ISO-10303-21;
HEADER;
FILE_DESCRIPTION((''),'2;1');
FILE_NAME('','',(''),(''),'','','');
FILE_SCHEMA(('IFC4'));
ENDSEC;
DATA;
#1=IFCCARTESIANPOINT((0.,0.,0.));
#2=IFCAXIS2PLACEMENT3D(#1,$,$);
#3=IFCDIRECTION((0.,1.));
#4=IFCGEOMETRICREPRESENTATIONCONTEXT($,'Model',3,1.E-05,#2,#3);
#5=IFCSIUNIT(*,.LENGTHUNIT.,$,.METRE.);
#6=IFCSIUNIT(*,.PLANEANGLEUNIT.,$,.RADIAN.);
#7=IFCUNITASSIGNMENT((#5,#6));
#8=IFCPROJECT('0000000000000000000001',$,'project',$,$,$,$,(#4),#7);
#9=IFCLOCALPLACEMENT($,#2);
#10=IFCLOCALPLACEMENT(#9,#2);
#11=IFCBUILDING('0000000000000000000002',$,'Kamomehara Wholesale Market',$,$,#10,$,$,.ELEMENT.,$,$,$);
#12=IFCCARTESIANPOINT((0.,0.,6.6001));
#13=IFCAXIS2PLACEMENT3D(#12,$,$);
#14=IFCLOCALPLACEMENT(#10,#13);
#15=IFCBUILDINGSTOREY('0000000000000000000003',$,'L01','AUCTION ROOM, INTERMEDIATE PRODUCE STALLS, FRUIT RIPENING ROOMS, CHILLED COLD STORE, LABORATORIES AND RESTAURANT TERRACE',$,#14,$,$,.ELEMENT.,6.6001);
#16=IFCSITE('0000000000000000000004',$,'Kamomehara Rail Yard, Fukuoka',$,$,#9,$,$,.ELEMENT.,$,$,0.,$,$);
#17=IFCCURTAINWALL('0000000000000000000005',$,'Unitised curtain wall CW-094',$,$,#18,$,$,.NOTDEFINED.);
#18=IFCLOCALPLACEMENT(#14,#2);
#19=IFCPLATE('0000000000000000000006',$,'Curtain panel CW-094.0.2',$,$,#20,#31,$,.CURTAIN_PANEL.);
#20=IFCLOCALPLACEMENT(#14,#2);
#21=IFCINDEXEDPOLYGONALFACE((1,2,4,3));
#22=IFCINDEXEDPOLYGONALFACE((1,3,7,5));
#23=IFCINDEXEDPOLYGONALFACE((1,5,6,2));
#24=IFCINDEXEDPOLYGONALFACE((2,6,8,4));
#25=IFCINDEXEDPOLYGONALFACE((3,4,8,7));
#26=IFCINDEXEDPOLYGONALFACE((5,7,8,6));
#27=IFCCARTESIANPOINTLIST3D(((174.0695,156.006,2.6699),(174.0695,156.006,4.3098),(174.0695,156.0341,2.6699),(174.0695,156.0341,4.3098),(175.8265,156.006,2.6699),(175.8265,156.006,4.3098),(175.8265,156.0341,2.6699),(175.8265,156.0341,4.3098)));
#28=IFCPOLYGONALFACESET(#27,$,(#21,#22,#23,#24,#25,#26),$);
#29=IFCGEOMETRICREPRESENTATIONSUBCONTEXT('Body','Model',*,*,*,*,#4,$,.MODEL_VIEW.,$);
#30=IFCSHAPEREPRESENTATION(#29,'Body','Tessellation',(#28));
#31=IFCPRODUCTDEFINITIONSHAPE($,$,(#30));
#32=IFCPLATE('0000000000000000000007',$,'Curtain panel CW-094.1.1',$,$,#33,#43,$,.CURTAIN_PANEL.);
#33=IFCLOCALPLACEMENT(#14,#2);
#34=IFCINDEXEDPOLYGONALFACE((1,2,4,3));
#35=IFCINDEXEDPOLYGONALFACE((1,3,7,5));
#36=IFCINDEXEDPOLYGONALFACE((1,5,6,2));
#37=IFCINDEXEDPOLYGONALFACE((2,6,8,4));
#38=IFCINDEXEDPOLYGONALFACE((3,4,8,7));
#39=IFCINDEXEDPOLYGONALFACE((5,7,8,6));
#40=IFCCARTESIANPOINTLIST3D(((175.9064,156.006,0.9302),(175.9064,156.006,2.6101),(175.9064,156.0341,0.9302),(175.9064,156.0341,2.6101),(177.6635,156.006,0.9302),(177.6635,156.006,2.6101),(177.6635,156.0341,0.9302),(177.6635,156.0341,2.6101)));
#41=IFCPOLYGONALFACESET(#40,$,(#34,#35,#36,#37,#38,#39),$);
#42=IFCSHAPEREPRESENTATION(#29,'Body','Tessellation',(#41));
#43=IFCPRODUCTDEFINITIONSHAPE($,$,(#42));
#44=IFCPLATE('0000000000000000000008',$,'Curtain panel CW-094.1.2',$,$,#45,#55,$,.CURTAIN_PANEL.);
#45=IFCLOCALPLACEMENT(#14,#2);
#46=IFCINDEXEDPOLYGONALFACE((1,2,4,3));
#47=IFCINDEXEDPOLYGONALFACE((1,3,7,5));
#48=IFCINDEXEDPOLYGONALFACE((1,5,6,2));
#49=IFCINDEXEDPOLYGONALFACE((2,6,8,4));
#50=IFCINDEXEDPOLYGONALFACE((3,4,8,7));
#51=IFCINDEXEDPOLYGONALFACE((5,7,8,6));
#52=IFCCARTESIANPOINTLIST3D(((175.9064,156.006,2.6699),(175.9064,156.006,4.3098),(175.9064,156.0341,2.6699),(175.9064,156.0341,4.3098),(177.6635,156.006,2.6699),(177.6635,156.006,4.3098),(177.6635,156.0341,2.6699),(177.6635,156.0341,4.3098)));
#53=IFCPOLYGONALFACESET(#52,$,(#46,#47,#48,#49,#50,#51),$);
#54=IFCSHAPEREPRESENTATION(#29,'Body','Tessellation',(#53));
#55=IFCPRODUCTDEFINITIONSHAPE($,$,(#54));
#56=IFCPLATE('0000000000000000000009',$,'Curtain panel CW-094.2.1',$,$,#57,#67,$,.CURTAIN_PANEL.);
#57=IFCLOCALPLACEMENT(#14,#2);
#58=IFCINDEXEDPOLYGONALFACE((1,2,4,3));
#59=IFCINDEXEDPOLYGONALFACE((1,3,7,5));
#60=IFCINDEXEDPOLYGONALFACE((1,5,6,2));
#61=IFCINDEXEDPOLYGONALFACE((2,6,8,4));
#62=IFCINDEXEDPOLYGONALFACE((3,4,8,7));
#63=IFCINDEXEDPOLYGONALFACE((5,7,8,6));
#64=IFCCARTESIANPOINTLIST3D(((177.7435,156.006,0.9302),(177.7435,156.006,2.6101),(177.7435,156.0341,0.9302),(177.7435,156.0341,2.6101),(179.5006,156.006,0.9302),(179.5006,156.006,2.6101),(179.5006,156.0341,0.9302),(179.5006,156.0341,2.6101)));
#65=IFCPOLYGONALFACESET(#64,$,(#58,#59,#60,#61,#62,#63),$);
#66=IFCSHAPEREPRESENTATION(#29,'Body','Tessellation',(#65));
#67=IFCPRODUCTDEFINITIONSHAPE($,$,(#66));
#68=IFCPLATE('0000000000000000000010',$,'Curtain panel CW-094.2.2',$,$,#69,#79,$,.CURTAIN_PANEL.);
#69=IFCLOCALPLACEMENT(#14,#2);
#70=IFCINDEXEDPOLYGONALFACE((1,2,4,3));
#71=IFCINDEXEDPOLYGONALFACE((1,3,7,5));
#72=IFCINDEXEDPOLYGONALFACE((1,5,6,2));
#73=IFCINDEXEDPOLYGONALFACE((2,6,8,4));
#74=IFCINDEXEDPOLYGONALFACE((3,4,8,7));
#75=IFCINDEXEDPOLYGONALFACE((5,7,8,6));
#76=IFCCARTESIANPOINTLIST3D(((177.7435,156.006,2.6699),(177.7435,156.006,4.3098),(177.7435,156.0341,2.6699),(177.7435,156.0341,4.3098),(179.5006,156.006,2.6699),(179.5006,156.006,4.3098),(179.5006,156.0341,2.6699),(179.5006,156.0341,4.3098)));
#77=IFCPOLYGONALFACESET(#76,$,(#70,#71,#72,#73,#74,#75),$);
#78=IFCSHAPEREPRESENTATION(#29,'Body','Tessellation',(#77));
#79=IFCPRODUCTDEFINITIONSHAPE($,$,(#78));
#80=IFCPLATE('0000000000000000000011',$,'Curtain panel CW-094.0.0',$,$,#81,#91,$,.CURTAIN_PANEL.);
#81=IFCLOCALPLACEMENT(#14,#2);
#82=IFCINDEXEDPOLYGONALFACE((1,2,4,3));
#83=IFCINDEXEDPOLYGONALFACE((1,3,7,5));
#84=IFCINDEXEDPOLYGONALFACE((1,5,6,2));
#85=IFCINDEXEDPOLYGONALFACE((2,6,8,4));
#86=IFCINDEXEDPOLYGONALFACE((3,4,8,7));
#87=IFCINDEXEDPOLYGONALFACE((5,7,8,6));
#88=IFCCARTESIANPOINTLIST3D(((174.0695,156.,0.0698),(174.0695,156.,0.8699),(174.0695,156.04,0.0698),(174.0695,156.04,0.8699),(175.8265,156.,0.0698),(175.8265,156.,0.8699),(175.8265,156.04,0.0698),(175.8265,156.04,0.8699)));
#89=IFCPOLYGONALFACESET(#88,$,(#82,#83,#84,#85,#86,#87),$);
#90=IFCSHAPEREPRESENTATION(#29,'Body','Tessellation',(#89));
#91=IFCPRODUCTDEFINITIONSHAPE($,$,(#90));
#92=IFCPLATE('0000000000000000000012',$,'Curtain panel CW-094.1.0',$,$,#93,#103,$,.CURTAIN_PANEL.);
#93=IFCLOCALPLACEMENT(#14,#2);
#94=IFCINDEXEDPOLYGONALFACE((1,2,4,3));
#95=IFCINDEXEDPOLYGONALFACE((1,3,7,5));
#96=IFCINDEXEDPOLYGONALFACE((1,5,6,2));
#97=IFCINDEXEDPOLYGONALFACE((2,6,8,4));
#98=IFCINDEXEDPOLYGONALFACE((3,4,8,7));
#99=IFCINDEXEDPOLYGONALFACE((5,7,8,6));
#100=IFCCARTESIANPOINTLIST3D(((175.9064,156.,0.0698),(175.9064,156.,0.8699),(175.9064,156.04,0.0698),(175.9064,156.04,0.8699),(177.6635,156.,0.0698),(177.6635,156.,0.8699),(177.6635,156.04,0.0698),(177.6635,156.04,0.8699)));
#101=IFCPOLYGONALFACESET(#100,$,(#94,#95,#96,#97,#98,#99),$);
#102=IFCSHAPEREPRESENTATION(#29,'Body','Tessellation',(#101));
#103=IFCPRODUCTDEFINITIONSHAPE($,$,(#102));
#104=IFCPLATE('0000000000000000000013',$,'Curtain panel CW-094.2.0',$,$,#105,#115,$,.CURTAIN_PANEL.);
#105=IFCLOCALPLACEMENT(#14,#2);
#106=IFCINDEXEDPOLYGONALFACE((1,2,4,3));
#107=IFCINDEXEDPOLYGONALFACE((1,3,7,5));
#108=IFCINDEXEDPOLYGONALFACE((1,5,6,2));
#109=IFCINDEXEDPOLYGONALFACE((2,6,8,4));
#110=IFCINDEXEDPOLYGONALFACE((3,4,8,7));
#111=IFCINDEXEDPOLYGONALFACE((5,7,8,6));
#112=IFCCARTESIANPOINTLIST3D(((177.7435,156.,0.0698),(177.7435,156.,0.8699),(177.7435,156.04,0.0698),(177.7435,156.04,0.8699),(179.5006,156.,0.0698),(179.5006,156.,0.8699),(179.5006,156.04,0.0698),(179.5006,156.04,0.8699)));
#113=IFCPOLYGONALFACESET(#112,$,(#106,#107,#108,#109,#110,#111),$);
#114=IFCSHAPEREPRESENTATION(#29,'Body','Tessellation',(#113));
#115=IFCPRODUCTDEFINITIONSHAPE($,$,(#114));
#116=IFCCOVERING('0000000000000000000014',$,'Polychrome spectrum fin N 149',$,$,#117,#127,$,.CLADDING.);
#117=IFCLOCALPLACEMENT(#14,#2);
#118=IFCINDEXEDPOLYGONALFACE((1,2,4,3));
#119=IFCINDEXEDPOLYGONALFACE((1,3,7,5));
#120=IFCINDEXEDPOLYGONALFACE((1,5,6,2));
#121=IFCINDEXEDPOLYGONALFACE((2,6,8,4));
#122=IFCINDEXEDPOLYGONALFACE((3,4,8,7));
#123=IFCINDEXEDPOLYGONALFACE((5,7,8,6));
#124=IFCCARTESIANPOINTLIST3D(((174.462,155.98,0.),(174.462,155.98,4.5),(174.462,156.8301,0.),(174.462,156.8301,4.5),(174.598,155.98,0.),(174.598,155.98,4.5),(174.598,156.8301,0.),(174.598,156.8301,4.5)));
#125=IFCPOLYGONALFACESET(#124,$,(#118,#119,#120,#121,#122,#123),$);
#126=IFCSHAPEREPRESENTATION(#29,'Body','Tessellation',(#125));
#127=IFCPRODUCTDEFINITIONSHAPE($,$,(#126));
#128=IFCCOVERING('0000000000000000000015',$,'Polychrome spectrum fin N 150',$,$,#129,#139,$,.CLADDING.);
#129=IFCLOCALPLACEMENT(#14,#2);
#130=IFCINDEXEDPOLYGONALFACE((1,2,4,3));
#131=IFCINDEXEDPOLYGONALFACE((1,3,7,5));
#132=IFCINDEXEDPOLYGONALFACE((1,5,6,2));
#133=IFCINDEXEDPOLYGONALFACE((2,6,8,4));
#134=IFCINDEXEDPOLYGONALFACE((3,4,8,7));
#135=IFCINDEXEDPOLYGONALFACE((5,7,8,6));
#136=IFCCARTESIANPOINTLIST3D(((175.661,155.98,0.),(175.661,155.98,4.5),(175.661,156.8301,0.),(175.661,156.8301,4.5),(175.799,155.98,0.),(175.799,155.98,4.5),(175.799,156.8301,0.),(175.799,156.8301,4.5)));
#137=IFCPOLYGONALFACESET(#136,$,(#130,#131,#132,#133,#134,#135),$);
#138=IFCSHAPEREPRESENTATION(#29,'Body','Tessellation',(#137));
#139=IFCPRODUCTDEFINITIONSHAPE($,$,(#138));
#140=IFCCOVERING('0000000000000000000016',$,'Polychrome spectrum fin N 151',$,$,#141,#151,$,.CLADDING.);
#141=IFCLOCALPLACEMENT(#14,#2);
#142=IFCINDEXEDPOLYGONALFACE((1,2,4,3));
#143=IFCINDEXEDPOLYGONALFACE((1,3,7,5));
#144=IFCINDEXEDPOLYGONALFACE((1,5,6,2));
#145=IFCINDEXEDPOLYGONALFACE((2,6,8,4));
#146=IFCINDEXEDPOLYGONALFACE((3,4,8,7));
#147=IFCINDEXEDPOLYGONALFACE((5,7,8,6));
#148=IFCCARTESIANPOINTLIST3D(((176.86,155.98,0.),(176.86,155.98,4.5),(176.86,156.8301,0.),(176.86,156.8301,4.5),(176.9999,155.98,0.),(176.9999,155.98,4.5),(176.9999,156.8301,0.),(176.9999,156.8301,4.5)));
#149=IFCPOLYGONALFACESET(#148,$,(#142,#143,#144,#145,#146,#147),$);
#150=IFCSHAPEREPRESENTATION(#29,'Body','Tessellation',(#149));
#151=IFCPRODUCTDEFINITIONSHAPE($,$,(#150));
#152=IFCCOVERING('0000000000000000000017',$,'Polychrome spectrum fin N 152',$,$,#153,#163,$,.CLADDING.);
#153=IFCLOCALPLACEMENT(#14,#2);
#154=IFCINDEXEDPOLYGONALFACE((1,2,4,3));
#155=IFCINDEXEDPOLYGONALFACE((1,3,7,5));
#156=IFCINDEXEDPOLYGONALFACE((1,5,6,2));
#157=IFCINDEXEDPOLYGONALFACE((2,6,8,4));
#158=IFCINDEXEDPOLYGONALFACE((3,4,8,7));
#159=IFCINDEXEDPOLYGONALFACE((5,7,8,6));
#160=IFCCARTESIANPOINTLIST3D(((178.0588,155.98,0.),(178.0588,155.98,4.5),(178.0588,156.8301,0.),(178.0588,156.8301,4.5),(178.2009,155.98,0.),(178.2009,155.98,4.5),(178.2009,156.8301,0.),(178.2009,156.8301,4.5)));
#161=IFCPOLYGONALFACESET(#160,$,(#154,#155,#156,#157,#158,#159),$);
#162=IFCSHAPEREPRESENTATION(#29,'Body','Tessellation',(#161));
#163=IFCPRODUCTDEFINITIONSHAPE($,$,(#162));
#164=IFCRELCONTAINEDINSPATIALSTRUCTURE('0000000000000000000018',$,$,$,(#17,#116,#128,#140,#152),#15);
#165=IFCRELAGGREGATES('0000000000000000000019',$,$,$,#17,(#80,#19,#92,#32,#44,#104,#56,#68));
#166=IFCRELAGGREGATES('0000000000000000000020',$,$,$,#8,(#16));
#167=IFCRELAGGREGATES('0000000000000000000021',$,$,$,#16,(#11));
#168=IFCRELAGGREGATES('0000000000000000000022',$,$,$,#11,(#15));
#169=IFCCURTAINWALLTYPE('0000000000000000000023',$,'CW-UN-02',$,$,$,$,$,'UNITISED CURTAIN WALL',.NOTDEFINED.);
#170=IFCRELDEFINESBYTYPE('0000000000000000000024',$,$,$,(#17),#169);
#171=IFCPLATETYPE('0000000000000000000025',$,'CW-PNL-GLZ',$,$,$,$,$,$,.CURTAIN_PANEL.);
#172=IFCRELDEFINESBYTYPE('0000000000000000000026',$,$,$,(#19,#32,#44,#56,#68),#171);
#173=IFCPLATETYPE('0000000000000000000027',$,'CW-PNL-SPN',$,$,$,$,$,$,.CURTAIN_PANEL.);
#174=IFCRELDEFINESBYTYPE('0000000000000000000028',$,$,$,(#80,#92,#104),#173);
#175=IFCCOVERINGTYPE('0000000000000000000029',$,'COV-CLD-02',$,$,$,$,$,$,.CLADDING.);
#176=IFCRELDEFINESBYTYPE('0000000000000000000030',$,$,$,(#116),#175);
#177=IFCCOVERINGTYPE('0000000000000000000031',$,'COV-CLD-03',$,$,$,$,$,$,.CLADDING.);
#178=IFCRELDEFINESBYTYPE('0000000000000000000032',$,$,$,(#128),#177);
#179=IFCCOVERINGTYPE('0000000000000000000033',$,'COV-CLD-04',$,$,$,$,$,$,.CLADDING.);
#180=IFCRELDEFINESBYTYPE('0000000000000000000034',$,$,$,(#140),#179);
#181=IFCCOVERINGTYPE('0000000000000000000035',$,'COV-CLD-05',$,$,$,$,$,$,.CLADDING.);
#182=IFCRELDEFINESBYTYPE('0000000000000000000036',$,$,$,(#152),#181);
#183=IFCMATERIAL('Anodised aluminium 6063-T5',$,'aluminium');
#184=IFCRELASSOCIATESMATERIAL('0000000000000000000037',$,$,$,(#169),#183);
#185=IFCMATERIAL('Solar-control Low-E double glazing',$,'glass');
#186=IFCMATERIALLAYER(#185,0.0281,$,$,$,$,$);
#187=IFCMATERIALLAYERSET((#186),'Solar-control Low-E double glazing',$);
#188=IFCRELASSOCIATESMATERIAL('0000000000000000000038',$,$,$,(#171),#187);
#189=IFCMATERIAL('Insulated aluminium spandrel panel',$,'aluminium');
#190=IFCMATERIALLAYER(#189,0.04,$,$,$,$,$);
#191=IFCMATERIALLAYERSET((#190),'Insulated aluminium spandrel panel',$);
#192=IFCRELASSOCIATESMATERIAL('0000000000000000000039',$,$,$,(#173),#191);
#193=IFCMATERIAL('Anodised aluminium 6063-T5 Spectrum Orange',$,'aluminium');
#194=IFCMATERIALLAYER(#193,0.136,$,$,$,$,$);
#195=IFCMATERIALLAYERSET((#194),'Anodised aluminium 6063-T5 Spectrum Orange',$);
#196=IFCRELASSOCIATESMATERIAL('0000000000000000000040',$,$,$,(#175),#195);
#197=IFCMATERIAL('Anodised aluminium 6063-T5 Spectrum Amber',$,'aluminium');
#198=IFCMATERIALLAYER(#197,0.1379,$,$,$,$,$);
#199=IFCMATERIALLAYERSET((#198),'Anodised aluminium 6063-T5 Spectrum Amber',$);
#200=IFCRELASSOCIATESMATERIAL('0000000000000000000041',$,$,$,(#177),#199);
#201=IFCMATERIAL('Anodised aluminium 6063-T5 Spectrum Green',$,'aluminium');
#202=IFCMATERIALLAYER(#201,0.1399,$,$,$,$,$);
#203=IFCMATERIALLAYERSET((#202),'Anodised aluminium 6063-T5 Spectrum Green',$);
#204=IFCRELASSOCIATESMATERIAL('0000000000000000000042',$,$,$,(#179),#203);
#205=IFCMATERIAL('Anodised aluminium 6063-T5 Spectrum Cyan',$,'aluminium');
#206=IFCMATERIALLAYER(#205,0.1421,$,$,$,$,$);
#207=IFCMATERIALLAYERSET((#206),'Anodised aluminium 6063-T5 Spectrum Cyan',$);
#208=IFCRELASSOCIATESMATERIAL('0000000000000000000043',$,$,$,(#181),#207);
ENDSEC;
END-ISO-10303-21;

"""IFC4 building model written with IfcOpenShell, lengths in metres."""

from ifc_helpers import new_model, si_unit, direction, frame, origin, origin_2d, place, context, subcontext, project, spatial, rectangle, extrude, material, layer, layer_set, type_object, element, aggregate, save


model = new_model("IFC4")

# Units and contexts
model_context = context("Model", 3, precision=1e-05, world=origin(), true_north=direction((0.0, 1.0)))
body_context = subcontext(model_context, "Body", "Model", "MODEL_VIEW")
ifc_project = project(units=[si_unit("LENGTHUNIT", "METRE"), si_unit("PLANEANGLEUNIT", "RADIAN")], contexts=[model_context])

# Site, building, storey
site_placement = place(None, origin())
site = spatial("IfcSite", under=ifc_project, at=site_placement, Name="Kamomehara Rail Yard, Fukuoka", CompositionType="ELEMENT", RefElevation=0.0)
building_placement = place(site_placement, origin())
building = spatial("IfcBuilding", under=site, at=building_placement, Name="Kamomehara Wholesale Market", CompositionType="ELEMENT")
storey_placement = place(building_placement, frame((0.0, 0.0, 6.6001)))
storey = spatial("IfcBuildingStorey", under=building, at=storey_placement, Name="L01", Description="AUCTION ROOM, INTERMEDIATE PRODUCE STALLS, FRUIT RIPENING ROOMS, CHILLED COLD STORE, LABORATORIES AND RESTAURANT TERRACE", CompositionType="ELEMENT", Elevation=6.6001)

# Shared definitions
ifc_material_1 = material(Name="Anodised aluminium 6063-T5", Category="aluminium")
curtain_wall_type = type_object("IfcCurtainWallType", Name="CW-UN-02", ElementType="UNITISED CURTAIN WALL", PredefinedType="NOTDEFINED", material=ifc_material_1)

# Curtain wall
curtain_wall_1_placement = place(storey_placement, origin())
curtain_wall_1 = element("IfcCurtainWall", 1, at=curtain_wall_1_placement, inside=storey, type_object=curtain_wall_type, Name="Unitised curtain wall CW-094", PredefinedType="NOTDEFINED")

# Plates
ifc_material_2 = material(Name="Solar-control Low-E double glazing", Category="glass")
ifc_layer_1 = layer(ifc_material_2, 0.0281)
ifc_layer_set_1 = layer_set([ifc_layer_1], Name="Solar-control Low-E double glazing")
plate_type_1 = type_object("IfcPlateType", Name="CW-PNL-GLZ", PredefinedType="CURTAIN_PANEL", material=ifc_layer_set_1)
plate_1_placement = place(storey_placement, frame((174.948, 156.02, 2.6699), z_axis=(0.0, 0.0, 1.0), x_axis=(1.0, 0.0, 0.0)))
plate_1 = element("IfcPlate", 2, at=plate_1_placement, type_object=plate_type_1, Name="Curtain panel CW-094.0.2", PredefinedType="CURTAIN_PANEL", context=body_context, shape_type="SweptSolid", body=[
    extrude(rectangle(XDim=1.7571, YDim=0.0281, at=origin_2d()), origin(), (0.0, 0.0, 1.0), 1.6399),
])
plate_2_placement = place(storey_placement, frame((176.7849, 156.02, 0.9302), z_axis=(0.0, 0.0, 1.0), x_axis=(1.0, 0.0, 0.0)))
plate_2 = element("IfcPlate", 3, at=plate_2_placement, type_object=plate_type_1, Name="Curtain panel CW-094.1.1", PredefinedType="CURTAIN_PANEL", context=body_context, shape_type="SweptSolid", body=[
    extrude(rectangle(XDim=1.7571, YDim=0.0281, at=origin_2d()), origin(), (0.0, 0.0, 1.0), 1.6799),
])
plate_3_placement = place(storey_placement, frame((176.7849, 156.02, 2.6699), z_axis=(0.0, 0.0, 1.0), x_axis=(1.0, 0.0, 0.0)))
plate_3 = element("IfcPlate", 4, at=plate_3_placement, type_object=plate_type_1, Name="Curtain panel CW-094.1.2", PredefinedType="CURTAIN_PANEL", context=body_context, shape_type="SweptSolid", body=[
    extrude(rectangle(XDim=1.7571, YDim=0.0281, at=origin_2d()), origin(), (0.0, 0.0, 1.0), 1.6399),
])
plate_4_placement = place(storey_placement, frame((178.6221, 156.02, 0.9302), z_axis=(0.0, 0.0, 1.0), x_axis=(1.0, 0.0, 0.0)))
plate_4 = element("IfcPlate", 5, at=plate_4_placement, type_object=plate_type_1, Name="Curtain panel CW-094.2.1", PredefinedType="CURTAIN_PANEL", context=body_context, shape_type="SweptSolid", body=[
    extrude(rectangle(XDim=1.7571, YDim=0.0281, at=origin_2d()), origin(), (0.0, 0.0, 1.0), 1.6799),
])
plate_5_placement = place(storey_placement, frame((178.6221, 156.02, 2.6699), z_axis=(0.0, 0.0, 1.0), x_axis=(1.0, 0.0, 0.0)))
plate_5 = element("IfcPlate", 6, at=plate_5_placement, type_object=plate_type_1, Name="Curtain panel CW-094.2.2", PredefinedType="CURTAIN_PANEL", context=body_context, shape_type="SweptSolid", body=[
    extrude(rectangle(XDim=1.7571, YDim=0.0281, at=origin_2d()), origin(), (0.0, 0.0, 1.0), 1.6399),
])
ifc_material_3 = material(Name="Insulated aluminium spandrel panel", Category="aluminium")
ifc_layer_2 = layer(ifc_material_3, 0.04)
ifc_layer_set_2 = layer_set([ifc_layer_2], Name="Insulated aluminium spandrel panel")
plate_type_2 = type_object("IfcPlateType", Name="CW-PNL-SPN", PredefinedType="CURTAIN_PANEL", material=ifc_layer_set_2)
plate_6_placement = place(storey_placement, frame((174.948, 156.02, 0.0698), z_axis=(0.0, 0.0, 1.0), x_axis=(1.0, 0.0, 0.0)))
plate_6 = element("IfcPlate", 7, at=plate_6_placement, type_object=plate_type_2, Name="Curtain panel CW-094.0.0", PredefinedType="CURTAIN_PANEL", context=body_context, shape_type="SweptSolid", body=[
    extrude(rectangle(XDim=1.7571, YDim=0.04, at=origin_2d()), origin(), (0.0, 0.0, 1.0), 0.8),
])
plate_7_placement = place(storey_placement, frame((176.7849, 156.02, 0.0698), z_axis=(0.0, 0.0, 1.0), x_axis=(1.0, 0.0, 0.0)))
plate_7 = element("IfcPlate", 8, at=plate_7_placement, type_object=plate_type_2, Name="Curtain panel CW-094.1.0", PredefinedType="CURTAIN_PANEL", context=body_context, shape_type="SweptSolid", body=[
    extrude(rectangle(XDim=1.7571, YDim=0.04, at=origin_2d()), origin(), (0.0, 0.0, 1.0), 0.8),
])
plate_8_placement = place(storey_placement, frame((178.6221, 156.02, 0.0698), z_axis=(0.0, 0.0, 1.0), x_axis=(1.0, 0.0, 0.0)))
plate_8 = element("IfcPlate", 9, at=plate_8_placement, type_object=plate_type_2, Name="Curtain panel CW-094.2.0", PredefinedType="CURTAIN_PANEL", context=body_context, shape_type="SweptSolid", body=[
    extrude(rectangle(XDim=1.7571, YDim=0.04, at=origin_2d()), origin(), (0.0, 0.0, 1.0), 0.8),
])
aggregate(curtain_wall_1, [plate_6, plate_1, plate_7, plate_2, plate_3, plate_8, plate_4, plate_5])

# Coverings
ifc_material_4 = material(Name="Anodised aluminium 6063-T5 Spectrum Orange", Category="aluminium")
ifc_layer_3 = layer(ifc_material_4, 0.136)
ifc_layer_set_3 = layer_set([ifc_layer_3], Name="Anodised aluminium 6063-T5 Spectrum Orange")
covering_type_1 = type_object("IfcCoveringType", Name="COV-CLD-02", PredefinedType="CLADDING", material=ifc_layer_set_3)
covering_1_placement = place(storey_placement, frame((174.53, 156.405, 0.0), z_axis=(0.0, 0.0, 1.0), x_axis=(1.0, 0.0, 0.0)))
element("IfcCovering", 10, at=covering_1_placement, inside=storey, type_object=covering_type_1, Name="Polychrome spectrum fin N 149", PredefinedType="CLADDING", context=body_context, shape_type="SweptSolid", body=[
    extrude(rectangle(XDim=0.136, YDim=0.8501, at=origin_2d()), origin(), (0.0, 0.0, 1.0), 4.5),
])
ifc_material_5 = material(Name="Anodised aluminium 6063-T5 Spectrum Amber", Category="aluminium")
ifc_layer_4 = layer(ifc_material_5, 0.1379)
ifc_layer_set_4 = layer_set([ifc_layer_4], Name="Anodised aluminium 6063-T5 Spectrum Amber")
covering_type_2 = type_object("IfcCoveringType", Name="COV-CLD-03", PredefinedType="CLADDING", material=ifc_layer_set_4)
covering_2_placement = place(storey_placement, frame((175.73, 156.405, 0.0), z_axis=(0.0, 0.0, 1.0), x_axis=(1.0, 0.0, 0.0)))
element("IfcCovering", 11, at=covering_2_placement, inside=storey, type_object=covering_type_2, Name="Polychrome spectrum fin N 150", PredefinedType="CLADDING", context=body_context, shape_type="SweptSolid", body=[
    extrude(rectangle(XDim=0.1379, YDim=0.8501, at=origin_2d()), origin(), (0.0, 0.0, 1.0), 4.5),
])
ifc_material_6 = material(Name="Anodised aluminium 6063-T5 Spectrum Green", Category="aluminium")
ifc_layer_5 = layer(ifc_material_6, 0.1399)
ifc_layer_set_5 = layer_set([ifc_layer_5], Name="Anodised aluminium 6063-T5 Spectrum Green")
covering_type_3 = type_object("IfcCoveringType", Name="COV-CLD-04", PredefinedType="CLADDING", material=ifc_layer_set_5)
covering_3_placement = place(storey_placement, frame((176.9299, 156.405, 0.0), z_axis=(0.0, 0.0, 1.0), x_axis=(1.0, 0.0, 0.0)))
element("IfcCovering", 12, at=covering_3_placement, inside=storey, type_object=covering_type_3, Name="Polychrome spectrum fin N 151", PredefinedType="CLADDING", context=body_context, shape_type="SweptSolid", body=[
    extrude(rectangle(XDim=0.1399, YDim=0.8501, at=origin_2d()), origin(), (0.0, 0.0, 1.0), 4.5),
])
ifc_material_7 = material(Name="Anodised aluminium 6063-T5 Spectrum Cyan", Category="aluminium")
ifc_layer_6 = layer(ifc_material_7, 0.1421)
ifc_layer_set_6 = layer_set([ifc_layer_6], Name="Anodised aluminium 6063-T5 Spectrum Cyan")
covering_type_4 = type_object("IfcCoveringType", Name="COV-CLD-05", PredefinedType="CLADDING", material=ifc_layer_set_6)
covering_4_placement = place(storey_placement, frame((178.1299, 156.405, 0.0), z_axis=(0.0, 0.0, 1.0), x_axis=(1.0, 0.0, 0.0)))
element("IfcCovering", 13, at=covering_4_placement, inside=storey, type_object=covering_type_4, Name="Polychrome spectrum fin N 152", PredefinedType="CLADDING", context=body_context, shape_type="SweptSolid", body=[
    extrude(rectangle(XDim=0.1421, YDim=0.8501, at=origin_2d()), origin(), (0.0, 0.0, 1.0), 4.5),
])

save(model, "model.ifc")
